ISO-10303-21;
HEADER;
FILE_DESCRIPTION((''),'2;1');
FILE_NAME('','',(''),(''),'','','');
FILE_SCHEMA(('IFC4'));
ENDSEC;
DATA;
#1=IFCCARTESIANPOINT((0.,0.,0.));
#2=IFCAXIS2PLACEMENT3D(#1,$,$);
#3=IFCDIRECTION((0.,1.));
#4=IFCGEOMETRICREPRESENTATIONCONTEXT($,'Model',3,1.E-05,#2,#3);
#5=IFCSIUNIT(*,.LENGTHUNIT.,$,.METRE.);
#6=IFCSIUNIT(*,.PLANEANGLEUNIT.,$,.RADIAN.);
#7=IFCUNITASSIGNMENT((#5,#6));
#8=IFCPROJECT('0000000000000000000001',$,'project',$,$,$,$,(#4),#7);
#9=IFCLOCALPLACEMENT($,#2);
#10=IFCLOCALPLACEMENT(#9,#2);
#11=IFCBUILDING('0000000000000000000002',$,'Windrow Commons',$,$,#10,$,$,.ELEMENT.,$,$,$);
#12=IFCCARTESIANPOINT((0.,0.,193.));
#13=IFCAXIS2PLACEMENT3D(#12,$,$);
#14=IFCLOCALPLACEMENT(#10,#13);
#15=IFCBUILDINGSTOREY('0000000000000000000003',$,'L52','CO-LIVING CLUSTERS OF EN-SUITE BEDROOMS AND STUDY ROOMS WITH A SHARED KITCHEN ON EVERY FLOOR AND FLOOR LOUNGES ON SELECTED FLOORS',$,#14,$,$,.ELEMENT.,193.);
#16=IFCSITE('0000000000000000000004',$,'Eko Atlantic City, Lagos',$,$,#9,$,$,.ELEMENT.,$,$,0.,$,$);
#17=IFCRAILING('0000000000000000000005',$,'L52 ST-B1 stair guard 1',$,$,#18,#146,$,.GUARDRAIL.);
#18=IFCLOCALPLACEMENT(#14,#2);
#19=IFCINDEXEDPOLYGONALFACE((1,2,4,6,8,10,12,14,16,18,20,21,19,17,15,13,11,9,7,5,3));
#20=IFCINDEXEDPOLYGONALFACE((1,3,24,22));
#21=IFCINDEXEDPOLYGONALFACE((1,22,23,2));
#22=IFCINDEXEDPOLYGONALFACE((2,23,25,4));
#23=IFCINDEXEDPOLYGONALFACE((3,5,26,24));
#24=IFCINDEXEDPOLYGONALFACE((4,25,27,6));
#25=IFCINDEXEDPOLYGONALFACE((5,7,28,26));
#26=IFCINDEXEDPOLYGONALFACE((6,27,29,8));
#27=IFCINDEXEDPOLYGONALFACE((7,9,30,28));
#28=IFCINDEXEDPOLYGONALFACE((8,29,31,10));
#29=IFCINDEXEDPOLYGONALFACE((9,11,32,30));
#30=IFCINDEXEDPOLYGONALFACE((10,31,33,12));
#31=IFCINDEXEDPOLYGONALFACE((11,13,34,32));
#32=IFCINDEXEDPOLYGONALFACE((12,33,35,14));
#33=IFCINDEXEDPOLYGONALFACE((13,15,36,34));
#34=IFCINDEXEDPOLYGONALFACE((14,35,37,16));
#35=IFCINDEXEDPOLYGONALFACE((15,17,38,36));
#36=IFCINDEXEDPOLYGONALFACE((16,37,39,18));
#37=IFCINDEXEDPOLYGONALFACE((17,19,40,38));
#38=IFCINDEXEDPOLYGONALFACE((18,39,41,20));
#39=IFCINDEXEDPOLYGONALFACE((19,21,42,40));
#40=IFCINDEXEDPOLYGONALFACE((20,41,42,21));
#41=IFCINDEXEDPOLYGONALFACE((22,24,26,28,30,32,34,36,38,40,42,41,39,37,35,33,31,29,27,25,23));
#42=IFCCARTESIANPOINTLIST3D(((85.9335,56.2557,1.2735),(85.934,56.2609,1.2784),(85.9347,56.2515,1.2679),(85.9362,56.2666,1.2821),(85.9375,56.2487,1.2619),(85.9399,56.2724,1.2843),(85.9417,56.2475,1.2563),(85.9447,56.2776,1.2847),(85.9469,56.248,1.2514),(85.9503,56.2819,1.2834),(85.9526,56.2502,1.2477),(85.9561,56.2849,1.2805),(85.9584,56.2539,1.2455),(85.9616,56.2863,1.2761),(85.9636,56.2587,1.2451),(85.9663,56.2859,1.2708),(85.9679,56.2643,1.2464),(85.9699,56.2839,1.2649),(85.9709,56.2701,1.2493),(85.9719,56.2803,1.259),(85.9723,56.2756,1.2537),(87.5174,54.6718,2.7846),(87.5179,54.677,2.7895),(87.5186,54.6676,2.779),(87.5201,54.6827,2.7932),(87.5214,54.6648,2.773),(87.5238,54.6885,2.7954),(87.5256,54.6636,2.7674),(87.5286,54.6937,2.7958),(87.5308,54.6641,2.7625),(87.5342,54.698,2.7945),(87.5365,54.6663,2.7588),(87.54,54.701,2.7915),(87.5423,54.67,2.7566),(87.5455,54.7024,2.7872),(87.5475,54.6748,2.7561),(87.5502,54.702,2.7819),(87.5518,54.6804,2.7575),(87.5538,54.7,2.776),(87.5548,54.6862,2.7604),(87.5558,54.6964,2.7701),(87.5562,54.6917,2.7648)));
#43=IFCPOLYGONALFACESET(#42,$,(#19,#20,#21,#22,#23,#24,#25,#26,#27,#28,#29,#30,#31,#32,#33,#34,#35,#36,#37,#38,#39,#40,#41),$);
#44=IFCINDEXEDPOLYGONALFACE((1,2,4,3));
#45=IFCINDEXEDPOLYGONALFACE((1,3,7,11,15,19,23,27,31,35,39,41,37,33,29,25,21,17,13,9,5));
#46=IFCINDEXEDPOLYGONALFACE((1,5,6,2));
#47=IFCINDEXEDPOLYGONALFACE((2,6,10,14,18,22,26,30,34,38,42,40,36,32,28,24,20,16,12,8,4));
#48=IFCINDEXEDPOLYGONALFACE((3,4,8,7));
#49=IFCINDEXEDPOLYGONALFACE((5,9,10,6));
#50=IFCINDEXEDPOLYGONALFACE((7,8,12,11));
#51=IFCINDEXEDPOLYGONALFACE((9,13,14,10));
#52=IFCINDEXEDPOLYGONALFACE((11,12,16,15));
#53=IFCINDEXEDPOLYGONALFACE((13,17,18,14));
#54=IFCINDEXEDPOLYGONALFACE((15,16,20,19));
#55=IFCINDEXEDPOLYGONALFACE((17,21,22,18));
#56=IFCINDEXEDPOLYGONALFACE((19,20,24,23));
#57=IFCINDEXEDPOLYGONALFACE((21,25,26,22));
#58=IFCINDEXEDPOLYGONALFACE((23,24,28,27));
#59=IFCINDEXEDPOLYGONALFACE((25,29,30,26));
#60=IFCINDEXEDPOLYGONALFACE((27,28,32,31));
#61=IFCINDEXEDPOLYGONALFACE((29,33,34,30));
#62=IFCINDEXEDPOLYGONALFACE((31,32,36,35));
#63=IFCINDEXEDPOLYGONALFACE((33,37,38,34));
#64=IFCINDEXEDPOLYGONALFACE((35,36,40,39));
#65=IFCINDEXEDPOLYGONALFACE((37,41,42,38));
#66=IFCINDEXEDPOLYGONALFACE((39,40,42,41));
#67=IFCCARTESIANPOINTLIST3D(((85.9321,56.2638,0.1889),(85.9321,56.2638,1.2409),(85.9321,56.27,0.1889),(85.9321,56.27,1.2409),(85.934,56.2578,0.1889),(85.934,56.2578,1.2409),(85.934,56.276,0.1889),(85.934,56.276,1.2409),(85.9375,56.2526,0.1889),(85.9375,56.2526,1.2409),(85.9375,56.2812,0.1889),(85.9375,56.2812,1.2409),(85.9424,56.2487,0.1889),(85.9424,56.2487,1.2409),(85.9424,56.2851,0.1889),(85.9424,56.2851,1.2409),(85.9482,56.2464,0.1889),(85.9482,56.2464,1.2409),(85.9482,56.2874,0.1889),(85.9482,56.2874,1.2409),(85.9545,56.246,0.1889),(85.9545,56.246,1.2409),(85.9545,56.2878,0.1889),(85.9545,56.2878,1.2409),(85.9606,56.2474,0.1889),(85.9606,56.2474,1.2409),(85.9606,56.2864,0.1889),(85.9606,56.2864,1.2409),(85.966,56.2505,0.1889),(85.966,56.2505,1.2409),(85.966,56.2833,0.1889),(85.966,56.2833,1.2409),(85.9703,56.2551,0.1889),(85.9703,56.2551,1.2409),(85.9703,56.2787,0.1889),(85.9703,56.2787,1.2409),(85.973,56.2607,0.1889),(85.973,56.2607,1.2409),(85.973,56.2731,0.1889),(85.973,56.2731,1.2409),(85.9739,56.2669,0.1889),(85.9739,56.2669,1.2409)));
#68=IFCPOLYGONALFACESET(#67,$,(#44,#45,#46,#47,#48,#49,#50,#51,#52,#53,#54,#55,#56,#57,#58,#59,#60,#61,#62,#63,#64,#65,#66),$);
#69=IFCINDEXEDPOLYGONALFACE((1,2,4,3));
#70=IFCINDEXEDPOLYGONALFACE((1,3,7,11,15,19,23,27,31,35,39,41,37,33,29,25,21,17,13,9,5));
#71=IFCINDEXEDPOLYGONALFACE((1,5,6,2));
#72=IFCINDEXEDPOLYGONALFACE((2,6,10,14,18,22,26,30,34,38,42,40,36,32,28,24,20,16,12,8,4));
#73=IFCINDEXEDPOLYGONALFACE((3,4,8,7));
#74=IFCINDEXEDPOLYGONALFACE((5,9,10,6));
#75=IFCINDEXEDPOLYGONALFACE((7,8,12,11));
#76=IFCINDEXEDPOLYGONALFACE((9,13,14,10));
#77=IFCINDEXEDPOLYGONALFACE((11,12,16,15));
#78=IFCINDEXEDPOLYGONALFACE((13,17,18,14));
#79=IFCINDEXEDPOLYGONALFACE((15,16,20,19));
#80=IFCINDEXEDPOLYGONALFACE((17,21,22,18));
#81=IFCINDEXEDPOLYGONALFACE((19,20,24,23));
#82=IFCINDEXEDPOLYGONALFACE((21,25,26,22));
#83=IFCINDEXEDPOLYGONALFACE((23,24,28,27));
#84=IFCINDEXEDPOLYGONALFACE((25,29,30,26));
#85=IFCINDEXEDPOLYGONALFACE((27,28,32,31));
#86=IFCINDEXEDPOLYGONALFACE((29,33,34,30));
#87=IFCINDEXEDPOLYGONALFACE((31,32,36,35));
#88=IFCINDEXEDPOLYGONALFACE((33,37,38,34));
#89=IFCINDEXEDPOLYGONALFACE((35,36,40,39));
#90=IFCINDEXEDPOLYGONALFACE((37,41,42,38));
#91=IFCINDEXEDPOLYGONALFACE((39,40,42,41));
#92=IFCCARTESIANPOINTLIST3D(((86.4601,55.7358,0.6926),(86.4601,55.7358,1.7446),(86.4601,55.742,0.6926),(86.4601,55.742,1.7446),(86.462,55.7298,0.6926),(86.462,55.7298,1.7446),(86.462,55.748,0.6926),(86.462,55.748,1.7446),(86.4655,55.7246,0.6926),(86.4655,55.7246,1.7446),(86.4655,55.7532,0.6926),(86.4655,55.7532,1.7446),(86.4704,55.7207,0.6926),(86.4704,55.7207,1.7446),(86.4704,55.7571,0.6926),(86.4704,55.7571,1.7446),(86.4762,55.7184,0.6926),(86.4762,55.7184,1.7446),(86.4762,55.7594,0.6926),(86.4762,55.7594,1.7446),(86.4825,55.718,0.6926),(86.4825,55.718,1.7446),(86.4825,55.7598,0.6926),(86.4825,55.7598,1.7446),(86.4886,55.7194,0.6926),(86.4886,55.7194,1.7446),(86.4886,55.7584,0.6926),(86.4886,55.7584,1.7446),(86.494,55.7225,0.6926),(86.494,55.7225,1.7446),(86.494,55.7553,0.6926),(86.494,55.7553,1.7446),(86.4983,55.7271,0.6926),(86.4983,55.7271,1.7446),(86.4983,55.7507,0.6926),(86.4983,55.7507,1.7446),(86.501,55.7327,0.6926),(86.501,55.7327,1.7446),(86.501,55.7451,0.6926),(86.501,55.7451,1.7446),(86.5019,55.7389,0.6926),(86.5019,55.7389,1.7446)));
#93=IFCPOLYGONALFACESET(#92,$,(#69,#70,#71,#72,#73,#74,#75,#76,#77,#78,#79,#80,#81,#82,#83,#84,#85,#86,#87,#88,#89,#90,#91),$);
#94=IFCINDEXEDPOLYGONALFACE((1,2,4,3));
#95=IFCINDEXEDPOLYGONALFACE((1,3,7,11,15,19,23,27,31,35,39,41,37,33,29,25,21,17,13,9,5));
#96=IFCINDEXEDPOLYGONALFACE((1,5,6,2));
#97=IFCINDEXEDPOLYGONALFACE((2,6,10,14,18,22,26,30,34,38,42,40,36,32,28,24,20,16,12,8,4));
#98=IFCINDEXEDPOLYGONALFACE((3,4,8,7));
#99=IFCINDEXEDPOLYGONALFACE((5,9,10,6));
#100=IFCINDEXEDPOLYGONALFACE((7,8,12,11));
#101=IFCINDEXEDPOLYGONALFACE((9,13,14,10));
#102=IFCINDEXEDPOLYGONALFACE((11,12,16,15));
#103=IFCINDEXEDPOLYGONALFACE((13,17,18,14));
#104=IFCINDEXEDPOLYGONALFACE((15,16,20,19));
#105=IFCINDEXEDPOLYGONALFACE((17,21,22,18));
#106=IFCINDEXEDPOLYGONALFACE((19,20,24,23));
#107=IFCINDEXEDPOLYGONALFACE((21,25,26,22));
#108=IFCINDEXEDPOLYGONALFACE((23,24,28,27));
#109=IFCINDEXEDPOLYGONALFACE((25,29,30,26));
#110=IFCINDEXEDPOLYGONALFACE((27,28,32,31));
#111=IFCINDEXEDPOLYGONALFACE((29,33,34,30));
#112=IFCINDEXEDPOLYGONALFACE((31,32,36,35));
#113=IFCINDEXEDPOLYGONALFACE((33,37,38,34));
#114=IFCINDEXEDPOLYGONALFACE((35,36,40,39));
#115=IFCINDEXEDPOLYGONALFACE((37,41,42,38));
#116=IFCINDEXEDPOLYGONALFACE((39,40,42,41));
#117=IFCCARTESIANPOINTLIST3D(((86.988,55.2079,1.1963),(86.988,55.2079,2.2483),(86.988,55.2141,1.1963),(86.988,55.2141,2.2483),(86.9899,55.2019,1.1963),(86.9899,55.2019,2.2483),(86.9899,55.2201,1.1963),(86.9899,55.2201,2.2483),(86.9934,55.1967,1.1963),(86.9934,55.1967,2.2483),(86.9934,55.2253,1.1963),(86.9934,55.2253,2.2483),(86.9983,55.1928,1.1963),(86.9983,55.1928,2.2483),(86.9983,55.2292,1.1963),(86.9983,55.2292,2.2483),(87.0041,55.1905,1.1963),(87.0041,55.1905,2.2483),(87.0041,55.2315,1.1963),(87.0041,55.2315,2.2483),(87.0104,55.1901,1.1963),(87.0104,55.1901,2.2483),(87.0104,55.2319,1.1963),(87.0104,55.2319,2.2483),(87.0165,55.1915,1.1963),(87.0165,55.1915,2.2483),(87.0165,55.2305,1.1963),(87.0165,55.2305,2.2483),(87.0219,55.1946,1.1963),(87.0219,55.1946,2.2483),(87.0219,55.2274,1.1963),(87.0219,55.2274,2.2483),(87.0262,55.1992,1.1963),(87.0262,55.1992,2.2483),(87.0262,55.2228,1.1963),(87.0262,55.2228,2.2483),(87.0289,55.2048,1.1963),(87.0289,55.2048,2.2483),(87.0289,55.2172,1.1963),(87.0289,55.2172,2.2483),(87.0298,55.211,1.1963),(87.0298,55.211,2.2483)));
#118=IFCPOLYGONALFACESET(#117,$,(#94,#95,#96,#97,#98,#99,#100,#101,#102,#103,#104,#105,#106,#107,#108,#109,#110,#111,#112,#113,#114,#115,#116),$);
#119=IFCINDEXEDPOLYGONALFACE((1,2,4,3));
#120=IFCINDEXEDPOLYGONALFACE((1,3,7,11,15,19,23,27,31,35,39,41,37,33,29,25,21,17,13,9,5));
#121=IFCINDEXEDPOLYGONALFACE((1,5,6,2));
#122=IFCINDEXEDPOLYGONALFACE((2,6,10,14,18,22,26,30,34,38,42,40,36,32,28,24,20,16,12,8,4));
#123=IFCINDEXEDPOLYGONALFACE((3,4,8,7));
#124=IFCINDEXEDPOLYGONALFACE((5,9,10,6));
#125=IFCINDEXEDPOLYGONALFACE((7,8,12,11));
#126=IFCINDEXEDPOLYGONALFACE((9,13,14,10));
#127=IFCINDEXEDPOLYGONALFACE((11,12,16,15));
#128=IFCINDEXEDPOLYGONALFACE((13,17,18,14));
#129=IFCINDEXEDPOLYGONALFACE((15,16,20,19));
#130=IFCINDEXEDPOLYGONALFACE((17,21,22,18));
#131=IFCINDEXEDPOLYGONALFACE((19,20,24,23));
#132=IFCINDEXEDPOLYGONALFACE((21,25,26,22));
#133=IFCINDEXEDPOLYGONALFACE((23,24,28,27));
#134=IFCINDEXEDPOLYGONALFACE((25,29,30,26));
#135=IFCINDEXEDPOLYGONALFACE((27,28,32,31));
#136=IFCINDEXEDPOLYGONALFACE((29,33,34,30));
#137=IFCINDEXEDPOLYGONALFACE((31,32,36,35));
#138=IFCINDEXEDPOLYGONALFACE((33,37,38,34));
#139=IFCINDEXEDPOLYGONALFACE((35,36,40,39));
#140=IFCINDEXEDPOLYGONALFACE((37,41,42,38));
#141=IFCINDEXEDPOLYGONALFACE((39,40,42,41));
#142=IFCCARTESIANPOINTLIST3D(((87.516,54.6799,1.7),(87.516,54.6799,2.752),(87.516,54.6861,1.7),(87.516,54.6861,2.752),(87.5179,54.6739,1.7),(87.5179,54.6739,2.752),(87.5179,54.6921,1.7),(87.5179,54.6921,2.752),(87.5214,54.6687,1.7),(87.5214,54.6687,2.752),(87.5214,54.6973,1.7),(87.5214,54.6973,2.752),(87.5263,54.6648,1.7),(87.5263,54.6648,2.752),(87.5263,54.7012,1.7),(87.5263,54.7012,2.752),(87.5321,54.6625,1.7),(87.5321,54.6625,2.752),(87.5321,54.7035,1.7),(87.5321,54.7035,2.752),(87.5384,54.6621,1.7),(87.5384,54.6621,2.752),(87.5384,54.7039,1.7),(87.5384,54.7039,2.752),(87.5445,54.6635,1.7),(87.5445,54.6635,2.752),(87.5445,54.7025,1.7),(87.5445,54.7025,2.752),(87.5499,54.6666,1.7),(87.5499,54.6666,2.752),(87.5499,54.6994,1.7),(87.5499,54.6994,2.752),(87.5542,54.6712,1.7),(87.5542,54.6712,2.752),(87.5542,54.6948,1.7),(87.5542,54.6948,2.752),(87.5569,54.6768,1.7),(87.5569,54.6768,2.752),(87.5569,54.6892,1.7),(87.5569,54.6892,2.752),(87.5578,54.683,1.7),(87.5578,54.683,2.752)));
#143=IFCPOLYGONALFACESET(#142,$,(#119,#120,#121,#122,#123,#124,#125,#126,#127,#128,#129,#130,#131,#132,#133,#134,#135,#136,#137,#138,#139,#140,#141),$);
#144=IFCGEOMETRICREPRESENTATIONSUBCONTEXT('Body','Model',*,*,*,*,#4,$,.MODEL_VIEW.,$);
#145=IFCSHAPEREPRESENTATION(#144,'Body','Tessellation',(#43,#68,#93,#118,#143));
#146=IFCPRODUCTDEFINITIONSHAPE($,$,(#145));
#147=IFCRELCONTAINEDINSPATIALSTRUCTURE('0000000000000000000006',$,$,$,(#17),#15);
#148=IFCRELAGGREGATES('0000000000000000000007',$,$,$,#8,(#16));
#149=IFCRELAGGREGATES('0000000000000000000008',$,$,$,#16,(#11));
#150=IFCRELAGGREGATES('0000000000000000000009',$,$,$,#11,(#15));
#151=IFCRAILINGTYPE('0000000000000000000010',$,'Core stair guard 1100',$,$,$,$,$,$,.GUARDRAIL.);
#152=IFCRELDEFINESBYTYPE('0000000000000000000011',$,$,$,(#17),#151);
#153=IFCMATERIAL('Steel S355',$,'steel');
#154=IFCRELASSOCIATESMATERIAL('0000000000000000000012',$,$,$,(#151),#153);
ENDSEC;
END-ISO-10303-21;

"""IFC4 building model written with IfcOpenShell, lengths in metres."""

from ifc_helpers import new_model, si_unit, direction, frame, origin, origin_2d, place, context, subcontext, project, spatial, circle, extrude, material, type_object, element, save


model = new_model("IFC4")

# Units and contexts
model_context = context("Model", 3, precision=1e-05, world=origin(), true_north=direction((0.0, 1.0)))
body_context = subcontext(model_context, "Body", "Model", "MODEL_VIEW")
ifc_project = project(units=[si_unit("LENGTHUNIT", "METRE"), si_unit("PLANEANGLEUNIT", "RADIAN")], contexts=[model_context])

# Site, building, storey
site_placement = place(None, origin())
site = spatial("IfcSite", under=ifc_project, at=site_placement, Name="Eko Atlantic City, Lagos", CompositionType="ELEMENT", RefElevation=0.0)
building_placement = place(site_placement, origin())
building = spatial("IfcBuilding", under=site, at=building_placement, Name="Windrow Commons", CompositionType="ELEMENT")
storey_placement = place(building_placement, frame((0.0, 0.0, 193.0)))
storey = spatial("IfcBuildingStorey", under=building, at=storey_placement, Name="L52", Description="CO-LIVING CLUSTERS OF EN-SUITE BEDROOMS AND STUDY ROOMS WITH A SHARED KITCHEN ON EVERY FLOOR AND FLOOR LOUNGES ON SELECTED FLOORS", CompositionType="ELEMENT", Elevation=193.0)

# Railing
ifc_material_1 = material(Name="Steel S355", Category="steel")
railing_type_1 = type_object("IfcRailingType", Name="Core stair guard 1100", PredefinedType="GUARDRAIL", material=ifc_material_1)
railing_1_placement = place(storey_placement, frame((85.9529, 56.2669, 0.1889)))
element("IfcRailing", 1, at=railing_1_placement, inside=storey, type_object=railing_type_1, Name="L52 ST-B1 stair guard 1", PredefinedType="GUARDRAIL", context=body_context, shape_type="SweptSolid", body=[
    extrude(circle(Radius=0.024, at=origin_2d()), frame((0.0, 0.0, 1.076), z_axis=(0.586191, -0.586191, 0.559249), x_axis=(0.707107, 0.707107, 0.0)), (0.0, 0.0, 1.0), 2.702),
    extrude(circle(Radius=0.021, at=origin_2d()), origin(), (0.0, 0.0, 1.0), 1.052),
    extrude(circle(Radius=0.021, at=origin_2d()), frame((0.528, -0.528, 0.5037)), (0.0, 0.0, 1.0), 1.052),
    extrude(circle(Radius=0.021, at=origin_2d()), frame((1.0559, -1.0559, 1.0074)), (0.0, 0.0, 1.0), 1.052),
    extrude(circle(Radius=0.021, at=origin_2d()), frame((1.5839, -1.5839, 1.5111)), (0.0, 0.0, 1.0), 1.052),
])

save(model, "model.ifc")
